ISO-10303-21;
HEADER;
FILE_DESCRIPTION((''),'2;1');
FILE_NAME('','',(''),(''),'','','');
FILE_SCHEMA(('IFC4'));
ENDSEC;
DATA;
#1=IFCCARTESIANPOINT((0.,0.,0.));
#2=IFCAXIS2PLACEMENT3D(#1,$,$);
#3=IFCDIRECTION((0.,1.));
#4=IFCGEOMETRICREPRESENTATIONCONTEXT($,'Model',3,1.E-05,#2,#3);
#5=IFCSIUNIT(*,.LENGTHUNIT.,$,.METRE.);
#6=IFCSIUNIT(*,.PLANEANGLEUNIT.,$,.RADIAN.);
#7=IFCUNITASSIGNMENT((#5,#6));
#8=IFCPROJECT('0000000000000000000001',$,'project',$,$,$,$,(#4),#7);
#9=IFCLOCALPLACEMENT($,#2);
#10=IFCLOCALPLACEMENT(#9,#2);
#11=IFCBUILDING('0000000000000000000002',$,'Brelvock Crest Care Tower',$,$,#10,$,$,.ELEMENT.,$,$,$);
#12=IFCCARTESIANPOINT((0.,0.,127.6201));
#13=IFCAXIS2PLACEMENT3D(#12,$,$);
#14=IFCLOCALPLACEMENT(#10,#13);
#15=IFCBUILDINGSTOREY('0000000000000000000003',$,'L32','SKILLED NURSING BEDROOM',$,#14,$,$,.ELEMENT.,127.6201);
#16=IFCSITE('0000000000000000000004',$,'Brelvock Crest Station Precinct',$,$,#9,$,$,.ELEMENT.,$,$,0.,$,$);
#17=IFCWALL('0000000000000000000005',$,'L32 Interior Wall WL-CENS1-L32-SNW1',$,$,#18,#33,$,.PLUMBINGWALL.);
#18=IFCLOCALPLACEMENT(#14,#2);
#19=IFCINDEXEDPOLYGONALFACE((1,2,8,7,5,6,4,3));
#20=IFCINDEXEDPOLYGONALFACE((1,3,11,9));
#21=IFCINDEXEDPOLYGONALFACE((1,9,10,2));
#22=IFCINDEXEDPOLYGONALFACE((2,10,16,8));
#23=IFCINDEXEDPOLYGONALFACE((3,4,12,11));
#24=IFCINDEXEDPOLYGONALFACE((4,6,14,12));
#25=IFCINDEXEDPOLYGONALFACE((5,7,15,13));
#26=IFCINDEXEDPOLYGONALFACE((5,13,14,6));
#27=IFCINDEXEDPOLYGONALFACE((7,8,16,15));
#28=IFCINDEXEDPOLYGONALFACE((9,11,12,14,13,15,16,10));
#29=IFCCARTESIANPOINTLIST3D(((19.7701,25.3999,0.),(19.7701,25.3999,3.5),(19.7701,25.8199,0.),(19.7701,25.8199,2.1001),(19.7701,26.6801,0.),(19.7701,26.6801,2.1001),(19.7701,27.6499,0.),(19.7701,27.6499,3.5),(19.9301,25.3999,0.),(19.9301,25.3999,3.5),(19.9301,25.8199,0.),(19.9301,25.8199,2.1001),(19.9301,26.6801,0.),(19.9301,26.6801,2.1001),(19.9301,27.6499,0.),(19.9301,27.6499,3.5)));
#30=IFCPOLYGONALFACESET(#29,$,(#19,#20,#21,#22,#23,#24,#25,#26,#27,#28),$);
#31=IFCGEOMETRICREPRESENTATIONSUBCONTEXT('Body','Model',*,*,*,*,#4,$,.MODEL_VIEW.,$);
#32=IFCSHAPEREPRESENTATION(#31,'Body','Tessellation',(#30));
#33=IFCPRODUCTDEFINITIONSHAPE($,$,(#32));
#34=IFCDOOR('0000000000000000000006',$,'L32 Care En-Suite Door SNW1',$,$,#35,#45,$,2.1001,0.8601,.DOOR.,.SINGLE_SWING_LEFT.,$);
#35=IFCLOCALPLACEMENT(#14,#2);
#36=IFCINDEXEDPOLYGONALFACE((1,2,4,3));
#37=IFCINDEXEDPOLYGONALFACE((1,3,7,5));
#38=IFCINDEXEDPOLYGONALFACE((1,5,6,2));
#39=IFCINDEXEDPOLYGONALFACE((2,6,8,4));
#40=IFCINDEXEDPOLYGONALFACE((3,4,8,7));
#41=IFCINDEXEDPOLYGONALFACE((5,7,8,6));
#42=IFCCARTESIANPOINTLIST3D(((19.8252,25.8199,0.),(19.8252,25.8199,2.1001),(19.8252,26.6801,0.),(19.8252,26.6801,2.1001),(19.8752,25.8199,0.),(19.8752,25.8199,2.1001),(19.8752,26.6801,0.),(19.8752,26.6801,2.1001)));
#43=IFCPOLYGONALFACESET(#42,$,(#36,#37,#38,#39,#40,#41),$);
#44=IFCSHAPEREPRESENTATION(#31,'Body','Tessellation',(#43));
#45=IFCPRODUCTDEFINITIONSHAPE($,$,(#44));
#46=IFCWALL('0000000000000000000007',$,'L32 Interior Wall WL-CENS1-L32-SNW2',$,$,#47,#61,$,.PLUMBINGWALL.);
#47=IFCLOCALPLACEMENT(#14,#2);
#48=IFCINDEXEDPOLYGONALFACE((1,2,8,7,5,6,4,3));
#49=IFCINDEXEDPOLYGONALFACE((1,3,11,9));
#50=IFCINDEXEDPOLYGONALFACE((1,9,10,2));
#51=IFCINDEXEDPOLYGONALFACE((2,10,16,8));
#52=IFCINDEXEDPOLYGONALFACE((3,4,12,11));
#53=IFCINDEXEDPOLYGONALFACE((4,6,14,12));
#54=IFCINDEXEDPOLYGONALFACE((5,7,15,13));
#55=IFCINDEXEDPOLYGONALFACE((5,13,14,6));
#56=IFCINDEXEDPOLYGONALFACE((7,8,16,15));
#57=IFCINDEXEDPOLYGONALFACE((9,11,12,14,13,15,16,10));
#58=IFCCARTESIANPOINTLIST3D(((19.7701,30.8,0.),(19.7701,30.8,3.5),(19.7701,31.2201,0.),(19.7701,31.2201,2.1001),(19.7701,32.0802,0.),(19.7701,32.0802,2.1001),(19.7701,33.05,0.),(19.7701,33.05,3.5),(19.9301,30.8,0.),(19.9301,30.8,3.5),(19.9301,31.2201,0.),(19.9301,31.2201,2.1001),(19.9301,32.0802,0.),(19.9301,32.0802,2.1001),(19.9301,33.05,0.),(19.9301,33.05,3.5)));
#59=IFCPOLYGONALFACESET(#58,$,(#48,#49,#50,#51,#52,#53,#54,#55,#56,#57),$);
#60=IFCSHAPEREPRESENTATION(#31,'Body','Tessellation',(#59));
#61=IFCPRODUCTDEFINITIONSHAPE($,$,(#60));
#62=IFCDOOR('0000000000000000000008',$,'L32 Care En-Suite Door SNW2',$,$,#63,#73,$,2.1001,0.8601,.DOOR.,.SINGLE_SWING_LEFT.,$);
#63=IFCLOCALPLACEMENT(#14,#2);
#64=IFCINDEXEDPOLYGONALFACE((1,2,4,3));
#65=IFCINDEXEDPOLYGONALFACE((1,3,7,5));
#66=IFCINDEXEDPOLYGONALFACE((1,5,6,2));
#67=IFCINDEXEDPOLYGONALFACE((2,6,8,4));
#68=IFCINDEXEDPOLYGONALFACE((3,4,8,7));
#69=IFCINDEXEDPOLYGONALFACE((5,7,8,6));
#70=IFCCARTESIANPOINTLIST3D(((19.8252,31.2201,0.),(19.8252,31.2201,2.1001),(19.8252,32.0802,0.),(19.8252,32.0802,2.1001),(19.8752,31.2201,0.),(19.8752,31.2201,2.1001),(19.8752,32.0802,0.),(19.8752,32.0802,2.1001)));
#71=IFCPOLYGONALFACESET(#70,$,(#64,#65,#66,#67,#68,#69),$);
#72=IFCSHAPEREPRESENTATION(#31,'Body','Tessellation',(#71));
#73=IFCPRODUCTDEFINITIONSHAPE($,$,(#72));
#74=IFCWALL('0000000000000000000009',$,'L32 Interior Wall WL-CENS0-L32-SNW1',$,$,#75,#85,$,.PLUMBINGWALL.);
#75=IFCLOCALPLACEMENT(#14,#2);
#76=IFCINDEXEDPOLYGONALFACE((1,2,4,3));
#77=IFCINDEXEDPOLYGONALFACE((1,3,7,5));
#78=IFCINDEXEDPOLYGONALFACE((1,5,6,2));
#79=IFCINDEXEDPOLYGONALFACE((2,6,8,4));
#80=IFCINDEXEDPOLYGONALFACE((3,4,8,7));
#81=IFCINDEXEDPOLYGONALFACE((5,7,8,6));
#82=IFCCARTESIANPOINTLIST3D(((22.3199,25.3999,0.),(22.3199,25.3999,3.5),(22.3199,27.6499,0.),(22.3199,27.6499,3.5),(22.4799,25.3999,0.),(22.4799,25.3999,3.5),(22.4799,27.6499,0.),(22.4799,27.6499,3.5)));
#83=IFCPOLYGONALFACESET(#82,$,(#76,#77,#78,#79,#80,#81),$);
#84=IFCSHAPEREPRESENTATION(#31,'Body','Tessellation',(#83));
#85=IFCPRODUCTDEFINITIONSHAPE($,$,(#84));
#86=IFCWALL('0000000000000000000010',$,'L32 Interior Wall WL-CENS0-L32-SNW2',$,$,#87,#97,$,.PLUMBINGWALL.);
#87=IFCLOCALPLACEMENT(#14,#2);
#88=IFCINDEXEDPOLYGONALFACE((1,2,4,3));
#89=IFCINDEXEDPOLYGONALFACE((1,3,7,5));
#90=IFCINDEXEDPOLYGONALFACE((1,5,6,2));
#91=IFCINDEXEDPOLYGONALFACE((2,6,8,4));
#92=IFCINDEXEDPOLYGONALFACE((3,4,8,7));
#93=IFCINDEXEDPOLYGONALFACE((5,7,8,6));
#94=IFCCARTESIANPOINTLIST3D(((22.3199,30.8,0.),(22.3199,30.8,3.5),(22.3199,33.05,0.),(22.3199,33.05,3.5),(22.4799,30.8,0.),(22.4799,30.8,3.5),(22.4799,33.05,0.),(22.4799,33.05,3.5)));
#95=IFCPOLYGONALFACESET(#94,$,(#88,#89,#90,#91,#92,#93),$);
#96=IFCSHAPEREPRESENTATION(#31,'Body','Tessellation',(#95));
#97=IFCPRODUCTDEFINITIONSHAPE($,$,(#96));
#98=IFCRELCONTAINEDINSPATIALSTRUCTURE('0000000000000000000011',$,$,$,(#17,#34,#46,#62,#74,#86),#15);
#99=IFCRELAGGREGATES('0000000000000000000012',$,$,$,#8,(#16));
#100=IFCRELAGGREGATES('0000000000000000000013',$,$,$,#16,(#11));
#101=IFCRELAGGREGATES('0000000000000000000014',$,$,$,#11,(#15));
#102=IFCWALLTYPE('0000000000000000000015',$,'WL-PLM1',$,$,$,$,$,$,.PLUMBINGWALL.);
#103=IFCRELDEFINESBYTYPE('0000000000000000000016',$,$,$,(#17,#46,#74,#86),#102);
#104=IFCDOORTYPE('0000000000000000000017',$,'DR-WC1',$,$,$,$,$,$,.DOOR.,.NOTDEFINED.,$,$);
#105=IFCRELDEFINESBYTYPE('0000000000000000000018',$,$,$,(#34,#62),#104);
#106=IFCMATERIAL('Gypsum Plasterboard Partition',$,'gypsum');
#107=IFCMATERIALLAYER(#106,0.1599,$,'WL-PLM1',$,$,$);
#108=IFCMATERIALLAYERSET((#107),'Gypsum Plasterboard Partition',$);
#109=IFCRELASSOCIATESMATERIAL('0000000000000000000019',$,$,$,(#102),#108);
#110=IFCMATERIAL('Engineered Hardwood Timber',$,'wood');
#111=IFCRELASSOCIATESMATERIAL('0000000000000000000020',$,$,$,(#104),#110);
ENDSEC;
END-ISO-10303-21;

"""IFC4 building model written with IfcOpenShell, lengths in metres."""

from ifc_helpers import new_model, si_unit, direction, frame, frame_2d, origin, origin_2d, place, context, subcontext, project, spatial, rectangle, extrude, source, transform, mapped, material, layer, layer_set, type_object, element, fill, save


model = new_model("IFC4")

# Units and contexts
model_context = context("Model", 3, precision=1e-05, world=origin(), true_north=direction((0.0, 1.0)))
body_context = subcontext(model_context, "Body", "Model", "MODEL_VIEW")
ifc_project = project(units=[si_unit("LENGTHUNIT", "METRE"), si_unit("PLANEANGLEUNIT", "RADIAN")], contexts=[model_context])

# Site, building, storey
site_placement = place(None, origin())
site = spatial("IfcSite", under=ifc_project, at=site_placement, Name="Brelvock Crest Station Precinct", CompositionType="ELEMENT", RefElevation=0.0)
building_placement = place(site_placement, origin())
building = spatial("IfcBuilding", under=site, at=building_placement, Name="Brelvock Crest Care Tower", CompositionType="ELEMENT")
storey_placement = place(building_placement, frame((0.0, 0.0, 127.6201)))
storey = spatial("IfcBuildingStorey", under=building, at=storey_placement, Name="L32", Description="SKILLED NURSING BEDROOM", CompositionType="ELEMENT", Elevation=127.6201)

# Shared definitions
ifc_material_1 = material(Name="Engineered Hardwood Timber", Category="wood")

# Shared definitions
ifc_material_2 = material(Name="Gypsum Plasterboard Partition", Category="gypsum")
ifc_layer_1 = layer(ifc_material_2, 0.1599, Name="WL-PLM1")
ifc_layer_set_1 = layer_set([ifc_layer_1], Name="Gypsum Plasterboard Partition")
wall_type_1 = type_object("IfcWallType", Name="WL-PLM1", PredefinedType="PLUMBINGWALL", material=ifc_layer_set_1)

# Walls, openings, doors
wall_1_placement = place(storey_placement, frame((19.8501, 25.3999, 0.0), z_axis=(0.0, 0.0, 1.0), x_axis=(0.0, 1.0, 0.0)))
wall_1 = element("IfcWall", 1, at=wall_1_placement, inside=storey, type_object=wall_type_1, Name="L32 Interior Wall WL-CENS1-L32-SNW1", PredefinedType="PLUMBINGWALL", context=body_context, shape_type="SweptSolid", body=[
    extrude(rectangle(XDim=2.25, YDim=0.1599, at=frame_2d((1.125, 0.0))), origin(), (0.0, 0.0, 1.0), 3.5),
])
opening_1_placement = place(wall_1_placement, frame((0.4199, 0.0, 0.0)))
opening_1 = element("IfcOpeningElement", 2, at=opening_1_placement, cuts=wall_1, PredefinedType="OPENING", context=body_context, shape_type="SweptSolid", body=[
    extrude(rectangle(XDim=0.8601, YDim=2.1001, at=origin_2d()), frame((0.4302, 0.0898, 1.05), z_axis=(0.0, -1.0, 0.0), x_axis=(1.0, 0.0, 0.0)), (0.0, 0.0, 1.0), 0.1799),
])
door_type_1 = type_object("IfcDoorType", Name="DR-WC1", OperationType="NOTDEFINED", PredefinedType="DOOR", material=ifc_material_1)
shared_shape_1 = source(origin(), body_context, "Body", "SweptSolid", [
    extrude(rectangle(XDim=0.8601, YDim=2.1001, at=origin_2d()), frame((0.4302, 0.0249, 1.05), z_axis=(0.0, -1.0, 0.0), x_axis=(1.0, 0.0, 0.0)), (0.0, 0.0, 1.0), 0.05),
])
door_1_placement = place(opening_1_placement, origin())
door_1 = element("IfcDoor", 3, at=door_1_placement, inside=storey, type_object=door_type_1, Name="L32 Care En-Suite Door SNW1", OperationType="SINGLE_SWING_LEFT", OverallHeight=2.1001, OverallWidth=0.8601, PredefinedType="DOOR", context=body_context, shape_type="MappedRepresentation", body=[
    mapped(shared_shape_1, transform((0.0, 0.0, 0.0), x_axis=(1.0, 0.0, 0.0), y_axis=(0.0, 1.0, 0.0), z_axis=(0.0, 0.0, 1.0), scale=1.0)),
])
fill(opening_1, door_1)
wall_2_placement = place(storey_placement, frame((19.8501, 30.8, 0.0), z_axis=(0.0, 0.0, 1.0), x_axis=(0.0, 1.0, 0.0)))
wall_2 = element("IfcWall", 4, at=wall_2_placement, inside=storey, type_object=wall_type_1, Name="L32 Interior Wall WL-CENS1-L32-SNW2", PredefinedType="PLUMBINGWALL", context=body_context, shape_type="SweptSolid", body=[
    extrude(rectangle(XDim=2.25, YDim=0.1599, at=frame_2d((1.125, 0.0))), origin(), (0.0, 0.0, 1.0), 3.5),
])
opening_2_placement = place(wall_2_placement, frame((0.4199, 0.0, 0.0)))
opening_2 = element("IfcOpeningElement", 5, at=opening_2_placement, cuts=wall_2, PredefinedType="OPENING", context=body_context, shape_type="SweptSolid", body=[
    extrude(rectangle(XDim=0.8601, YDim=2.1001, at=origin_2d()), frame((0.4302, 0.0898, 1.05), z_axis=(0.0, -1.0, 0.0), x_axis=(1.0, 0.0, 0.0)), (0.0, 0.0, 1.0), 0.1799),
])
door_2_placement = place(opening_2_placement, origin())
door_2 = element("IfcDoor", 6, at=door_2_placement, inside=storey, type_object=door_type_1, Name="L32 Care En-Suite Door SNW2", OperationType="SINGLE_SWING_LEFT", OverallHeight=2.1001, OverallWidth=0.8601, PredefinedType="DOOR", context=body_context, shape_type="MappedRepresentation", body=[
    mapped(shared_shape_1, transform((0.0, 0.0, 0.0), x_axis=(1.0, 0.0, 0.0), y_axis=(0.0, 1.0, 0.0), z_axis=(0.0, 0.0, 1.0), scale=1.0)),
])
fill(opening_2, door_2)

# Walls
for number, where, z_axis, x_axis, name in (
    (7, (22.3999, 25.3999, 0.0), (0.0, 0.0, 1.0), (0.0, 1.0, 0.0), "L32 Interior Wall WL-CENS0-L32-SNW1"),
    (8, (22.3999, 30.8, 0.0), (0.0, 0.0, 1.0), (0.0, 1.0, 0.0), "L32 Interior Wall WL-CENS0-L32-SNW2"),
):
    element("IfcWall", number, at=place(storey_placement, frame(where, z_axis=z_axis, x_axis=x_axis)), inside=storey, type_object=wall_type_1, Name=name, PredefinedType="PLUMBINGWALL", context=body_context, shape_type="SweptSolid", body=[
        extrude(rectangle(XDim=2.25, YDim=0.1599, at=frame_2d((1.125, 0.0))), origin(), (0.0, 0.0, 1.0), 3.5),
    ])

save(model, "model.ifc")
